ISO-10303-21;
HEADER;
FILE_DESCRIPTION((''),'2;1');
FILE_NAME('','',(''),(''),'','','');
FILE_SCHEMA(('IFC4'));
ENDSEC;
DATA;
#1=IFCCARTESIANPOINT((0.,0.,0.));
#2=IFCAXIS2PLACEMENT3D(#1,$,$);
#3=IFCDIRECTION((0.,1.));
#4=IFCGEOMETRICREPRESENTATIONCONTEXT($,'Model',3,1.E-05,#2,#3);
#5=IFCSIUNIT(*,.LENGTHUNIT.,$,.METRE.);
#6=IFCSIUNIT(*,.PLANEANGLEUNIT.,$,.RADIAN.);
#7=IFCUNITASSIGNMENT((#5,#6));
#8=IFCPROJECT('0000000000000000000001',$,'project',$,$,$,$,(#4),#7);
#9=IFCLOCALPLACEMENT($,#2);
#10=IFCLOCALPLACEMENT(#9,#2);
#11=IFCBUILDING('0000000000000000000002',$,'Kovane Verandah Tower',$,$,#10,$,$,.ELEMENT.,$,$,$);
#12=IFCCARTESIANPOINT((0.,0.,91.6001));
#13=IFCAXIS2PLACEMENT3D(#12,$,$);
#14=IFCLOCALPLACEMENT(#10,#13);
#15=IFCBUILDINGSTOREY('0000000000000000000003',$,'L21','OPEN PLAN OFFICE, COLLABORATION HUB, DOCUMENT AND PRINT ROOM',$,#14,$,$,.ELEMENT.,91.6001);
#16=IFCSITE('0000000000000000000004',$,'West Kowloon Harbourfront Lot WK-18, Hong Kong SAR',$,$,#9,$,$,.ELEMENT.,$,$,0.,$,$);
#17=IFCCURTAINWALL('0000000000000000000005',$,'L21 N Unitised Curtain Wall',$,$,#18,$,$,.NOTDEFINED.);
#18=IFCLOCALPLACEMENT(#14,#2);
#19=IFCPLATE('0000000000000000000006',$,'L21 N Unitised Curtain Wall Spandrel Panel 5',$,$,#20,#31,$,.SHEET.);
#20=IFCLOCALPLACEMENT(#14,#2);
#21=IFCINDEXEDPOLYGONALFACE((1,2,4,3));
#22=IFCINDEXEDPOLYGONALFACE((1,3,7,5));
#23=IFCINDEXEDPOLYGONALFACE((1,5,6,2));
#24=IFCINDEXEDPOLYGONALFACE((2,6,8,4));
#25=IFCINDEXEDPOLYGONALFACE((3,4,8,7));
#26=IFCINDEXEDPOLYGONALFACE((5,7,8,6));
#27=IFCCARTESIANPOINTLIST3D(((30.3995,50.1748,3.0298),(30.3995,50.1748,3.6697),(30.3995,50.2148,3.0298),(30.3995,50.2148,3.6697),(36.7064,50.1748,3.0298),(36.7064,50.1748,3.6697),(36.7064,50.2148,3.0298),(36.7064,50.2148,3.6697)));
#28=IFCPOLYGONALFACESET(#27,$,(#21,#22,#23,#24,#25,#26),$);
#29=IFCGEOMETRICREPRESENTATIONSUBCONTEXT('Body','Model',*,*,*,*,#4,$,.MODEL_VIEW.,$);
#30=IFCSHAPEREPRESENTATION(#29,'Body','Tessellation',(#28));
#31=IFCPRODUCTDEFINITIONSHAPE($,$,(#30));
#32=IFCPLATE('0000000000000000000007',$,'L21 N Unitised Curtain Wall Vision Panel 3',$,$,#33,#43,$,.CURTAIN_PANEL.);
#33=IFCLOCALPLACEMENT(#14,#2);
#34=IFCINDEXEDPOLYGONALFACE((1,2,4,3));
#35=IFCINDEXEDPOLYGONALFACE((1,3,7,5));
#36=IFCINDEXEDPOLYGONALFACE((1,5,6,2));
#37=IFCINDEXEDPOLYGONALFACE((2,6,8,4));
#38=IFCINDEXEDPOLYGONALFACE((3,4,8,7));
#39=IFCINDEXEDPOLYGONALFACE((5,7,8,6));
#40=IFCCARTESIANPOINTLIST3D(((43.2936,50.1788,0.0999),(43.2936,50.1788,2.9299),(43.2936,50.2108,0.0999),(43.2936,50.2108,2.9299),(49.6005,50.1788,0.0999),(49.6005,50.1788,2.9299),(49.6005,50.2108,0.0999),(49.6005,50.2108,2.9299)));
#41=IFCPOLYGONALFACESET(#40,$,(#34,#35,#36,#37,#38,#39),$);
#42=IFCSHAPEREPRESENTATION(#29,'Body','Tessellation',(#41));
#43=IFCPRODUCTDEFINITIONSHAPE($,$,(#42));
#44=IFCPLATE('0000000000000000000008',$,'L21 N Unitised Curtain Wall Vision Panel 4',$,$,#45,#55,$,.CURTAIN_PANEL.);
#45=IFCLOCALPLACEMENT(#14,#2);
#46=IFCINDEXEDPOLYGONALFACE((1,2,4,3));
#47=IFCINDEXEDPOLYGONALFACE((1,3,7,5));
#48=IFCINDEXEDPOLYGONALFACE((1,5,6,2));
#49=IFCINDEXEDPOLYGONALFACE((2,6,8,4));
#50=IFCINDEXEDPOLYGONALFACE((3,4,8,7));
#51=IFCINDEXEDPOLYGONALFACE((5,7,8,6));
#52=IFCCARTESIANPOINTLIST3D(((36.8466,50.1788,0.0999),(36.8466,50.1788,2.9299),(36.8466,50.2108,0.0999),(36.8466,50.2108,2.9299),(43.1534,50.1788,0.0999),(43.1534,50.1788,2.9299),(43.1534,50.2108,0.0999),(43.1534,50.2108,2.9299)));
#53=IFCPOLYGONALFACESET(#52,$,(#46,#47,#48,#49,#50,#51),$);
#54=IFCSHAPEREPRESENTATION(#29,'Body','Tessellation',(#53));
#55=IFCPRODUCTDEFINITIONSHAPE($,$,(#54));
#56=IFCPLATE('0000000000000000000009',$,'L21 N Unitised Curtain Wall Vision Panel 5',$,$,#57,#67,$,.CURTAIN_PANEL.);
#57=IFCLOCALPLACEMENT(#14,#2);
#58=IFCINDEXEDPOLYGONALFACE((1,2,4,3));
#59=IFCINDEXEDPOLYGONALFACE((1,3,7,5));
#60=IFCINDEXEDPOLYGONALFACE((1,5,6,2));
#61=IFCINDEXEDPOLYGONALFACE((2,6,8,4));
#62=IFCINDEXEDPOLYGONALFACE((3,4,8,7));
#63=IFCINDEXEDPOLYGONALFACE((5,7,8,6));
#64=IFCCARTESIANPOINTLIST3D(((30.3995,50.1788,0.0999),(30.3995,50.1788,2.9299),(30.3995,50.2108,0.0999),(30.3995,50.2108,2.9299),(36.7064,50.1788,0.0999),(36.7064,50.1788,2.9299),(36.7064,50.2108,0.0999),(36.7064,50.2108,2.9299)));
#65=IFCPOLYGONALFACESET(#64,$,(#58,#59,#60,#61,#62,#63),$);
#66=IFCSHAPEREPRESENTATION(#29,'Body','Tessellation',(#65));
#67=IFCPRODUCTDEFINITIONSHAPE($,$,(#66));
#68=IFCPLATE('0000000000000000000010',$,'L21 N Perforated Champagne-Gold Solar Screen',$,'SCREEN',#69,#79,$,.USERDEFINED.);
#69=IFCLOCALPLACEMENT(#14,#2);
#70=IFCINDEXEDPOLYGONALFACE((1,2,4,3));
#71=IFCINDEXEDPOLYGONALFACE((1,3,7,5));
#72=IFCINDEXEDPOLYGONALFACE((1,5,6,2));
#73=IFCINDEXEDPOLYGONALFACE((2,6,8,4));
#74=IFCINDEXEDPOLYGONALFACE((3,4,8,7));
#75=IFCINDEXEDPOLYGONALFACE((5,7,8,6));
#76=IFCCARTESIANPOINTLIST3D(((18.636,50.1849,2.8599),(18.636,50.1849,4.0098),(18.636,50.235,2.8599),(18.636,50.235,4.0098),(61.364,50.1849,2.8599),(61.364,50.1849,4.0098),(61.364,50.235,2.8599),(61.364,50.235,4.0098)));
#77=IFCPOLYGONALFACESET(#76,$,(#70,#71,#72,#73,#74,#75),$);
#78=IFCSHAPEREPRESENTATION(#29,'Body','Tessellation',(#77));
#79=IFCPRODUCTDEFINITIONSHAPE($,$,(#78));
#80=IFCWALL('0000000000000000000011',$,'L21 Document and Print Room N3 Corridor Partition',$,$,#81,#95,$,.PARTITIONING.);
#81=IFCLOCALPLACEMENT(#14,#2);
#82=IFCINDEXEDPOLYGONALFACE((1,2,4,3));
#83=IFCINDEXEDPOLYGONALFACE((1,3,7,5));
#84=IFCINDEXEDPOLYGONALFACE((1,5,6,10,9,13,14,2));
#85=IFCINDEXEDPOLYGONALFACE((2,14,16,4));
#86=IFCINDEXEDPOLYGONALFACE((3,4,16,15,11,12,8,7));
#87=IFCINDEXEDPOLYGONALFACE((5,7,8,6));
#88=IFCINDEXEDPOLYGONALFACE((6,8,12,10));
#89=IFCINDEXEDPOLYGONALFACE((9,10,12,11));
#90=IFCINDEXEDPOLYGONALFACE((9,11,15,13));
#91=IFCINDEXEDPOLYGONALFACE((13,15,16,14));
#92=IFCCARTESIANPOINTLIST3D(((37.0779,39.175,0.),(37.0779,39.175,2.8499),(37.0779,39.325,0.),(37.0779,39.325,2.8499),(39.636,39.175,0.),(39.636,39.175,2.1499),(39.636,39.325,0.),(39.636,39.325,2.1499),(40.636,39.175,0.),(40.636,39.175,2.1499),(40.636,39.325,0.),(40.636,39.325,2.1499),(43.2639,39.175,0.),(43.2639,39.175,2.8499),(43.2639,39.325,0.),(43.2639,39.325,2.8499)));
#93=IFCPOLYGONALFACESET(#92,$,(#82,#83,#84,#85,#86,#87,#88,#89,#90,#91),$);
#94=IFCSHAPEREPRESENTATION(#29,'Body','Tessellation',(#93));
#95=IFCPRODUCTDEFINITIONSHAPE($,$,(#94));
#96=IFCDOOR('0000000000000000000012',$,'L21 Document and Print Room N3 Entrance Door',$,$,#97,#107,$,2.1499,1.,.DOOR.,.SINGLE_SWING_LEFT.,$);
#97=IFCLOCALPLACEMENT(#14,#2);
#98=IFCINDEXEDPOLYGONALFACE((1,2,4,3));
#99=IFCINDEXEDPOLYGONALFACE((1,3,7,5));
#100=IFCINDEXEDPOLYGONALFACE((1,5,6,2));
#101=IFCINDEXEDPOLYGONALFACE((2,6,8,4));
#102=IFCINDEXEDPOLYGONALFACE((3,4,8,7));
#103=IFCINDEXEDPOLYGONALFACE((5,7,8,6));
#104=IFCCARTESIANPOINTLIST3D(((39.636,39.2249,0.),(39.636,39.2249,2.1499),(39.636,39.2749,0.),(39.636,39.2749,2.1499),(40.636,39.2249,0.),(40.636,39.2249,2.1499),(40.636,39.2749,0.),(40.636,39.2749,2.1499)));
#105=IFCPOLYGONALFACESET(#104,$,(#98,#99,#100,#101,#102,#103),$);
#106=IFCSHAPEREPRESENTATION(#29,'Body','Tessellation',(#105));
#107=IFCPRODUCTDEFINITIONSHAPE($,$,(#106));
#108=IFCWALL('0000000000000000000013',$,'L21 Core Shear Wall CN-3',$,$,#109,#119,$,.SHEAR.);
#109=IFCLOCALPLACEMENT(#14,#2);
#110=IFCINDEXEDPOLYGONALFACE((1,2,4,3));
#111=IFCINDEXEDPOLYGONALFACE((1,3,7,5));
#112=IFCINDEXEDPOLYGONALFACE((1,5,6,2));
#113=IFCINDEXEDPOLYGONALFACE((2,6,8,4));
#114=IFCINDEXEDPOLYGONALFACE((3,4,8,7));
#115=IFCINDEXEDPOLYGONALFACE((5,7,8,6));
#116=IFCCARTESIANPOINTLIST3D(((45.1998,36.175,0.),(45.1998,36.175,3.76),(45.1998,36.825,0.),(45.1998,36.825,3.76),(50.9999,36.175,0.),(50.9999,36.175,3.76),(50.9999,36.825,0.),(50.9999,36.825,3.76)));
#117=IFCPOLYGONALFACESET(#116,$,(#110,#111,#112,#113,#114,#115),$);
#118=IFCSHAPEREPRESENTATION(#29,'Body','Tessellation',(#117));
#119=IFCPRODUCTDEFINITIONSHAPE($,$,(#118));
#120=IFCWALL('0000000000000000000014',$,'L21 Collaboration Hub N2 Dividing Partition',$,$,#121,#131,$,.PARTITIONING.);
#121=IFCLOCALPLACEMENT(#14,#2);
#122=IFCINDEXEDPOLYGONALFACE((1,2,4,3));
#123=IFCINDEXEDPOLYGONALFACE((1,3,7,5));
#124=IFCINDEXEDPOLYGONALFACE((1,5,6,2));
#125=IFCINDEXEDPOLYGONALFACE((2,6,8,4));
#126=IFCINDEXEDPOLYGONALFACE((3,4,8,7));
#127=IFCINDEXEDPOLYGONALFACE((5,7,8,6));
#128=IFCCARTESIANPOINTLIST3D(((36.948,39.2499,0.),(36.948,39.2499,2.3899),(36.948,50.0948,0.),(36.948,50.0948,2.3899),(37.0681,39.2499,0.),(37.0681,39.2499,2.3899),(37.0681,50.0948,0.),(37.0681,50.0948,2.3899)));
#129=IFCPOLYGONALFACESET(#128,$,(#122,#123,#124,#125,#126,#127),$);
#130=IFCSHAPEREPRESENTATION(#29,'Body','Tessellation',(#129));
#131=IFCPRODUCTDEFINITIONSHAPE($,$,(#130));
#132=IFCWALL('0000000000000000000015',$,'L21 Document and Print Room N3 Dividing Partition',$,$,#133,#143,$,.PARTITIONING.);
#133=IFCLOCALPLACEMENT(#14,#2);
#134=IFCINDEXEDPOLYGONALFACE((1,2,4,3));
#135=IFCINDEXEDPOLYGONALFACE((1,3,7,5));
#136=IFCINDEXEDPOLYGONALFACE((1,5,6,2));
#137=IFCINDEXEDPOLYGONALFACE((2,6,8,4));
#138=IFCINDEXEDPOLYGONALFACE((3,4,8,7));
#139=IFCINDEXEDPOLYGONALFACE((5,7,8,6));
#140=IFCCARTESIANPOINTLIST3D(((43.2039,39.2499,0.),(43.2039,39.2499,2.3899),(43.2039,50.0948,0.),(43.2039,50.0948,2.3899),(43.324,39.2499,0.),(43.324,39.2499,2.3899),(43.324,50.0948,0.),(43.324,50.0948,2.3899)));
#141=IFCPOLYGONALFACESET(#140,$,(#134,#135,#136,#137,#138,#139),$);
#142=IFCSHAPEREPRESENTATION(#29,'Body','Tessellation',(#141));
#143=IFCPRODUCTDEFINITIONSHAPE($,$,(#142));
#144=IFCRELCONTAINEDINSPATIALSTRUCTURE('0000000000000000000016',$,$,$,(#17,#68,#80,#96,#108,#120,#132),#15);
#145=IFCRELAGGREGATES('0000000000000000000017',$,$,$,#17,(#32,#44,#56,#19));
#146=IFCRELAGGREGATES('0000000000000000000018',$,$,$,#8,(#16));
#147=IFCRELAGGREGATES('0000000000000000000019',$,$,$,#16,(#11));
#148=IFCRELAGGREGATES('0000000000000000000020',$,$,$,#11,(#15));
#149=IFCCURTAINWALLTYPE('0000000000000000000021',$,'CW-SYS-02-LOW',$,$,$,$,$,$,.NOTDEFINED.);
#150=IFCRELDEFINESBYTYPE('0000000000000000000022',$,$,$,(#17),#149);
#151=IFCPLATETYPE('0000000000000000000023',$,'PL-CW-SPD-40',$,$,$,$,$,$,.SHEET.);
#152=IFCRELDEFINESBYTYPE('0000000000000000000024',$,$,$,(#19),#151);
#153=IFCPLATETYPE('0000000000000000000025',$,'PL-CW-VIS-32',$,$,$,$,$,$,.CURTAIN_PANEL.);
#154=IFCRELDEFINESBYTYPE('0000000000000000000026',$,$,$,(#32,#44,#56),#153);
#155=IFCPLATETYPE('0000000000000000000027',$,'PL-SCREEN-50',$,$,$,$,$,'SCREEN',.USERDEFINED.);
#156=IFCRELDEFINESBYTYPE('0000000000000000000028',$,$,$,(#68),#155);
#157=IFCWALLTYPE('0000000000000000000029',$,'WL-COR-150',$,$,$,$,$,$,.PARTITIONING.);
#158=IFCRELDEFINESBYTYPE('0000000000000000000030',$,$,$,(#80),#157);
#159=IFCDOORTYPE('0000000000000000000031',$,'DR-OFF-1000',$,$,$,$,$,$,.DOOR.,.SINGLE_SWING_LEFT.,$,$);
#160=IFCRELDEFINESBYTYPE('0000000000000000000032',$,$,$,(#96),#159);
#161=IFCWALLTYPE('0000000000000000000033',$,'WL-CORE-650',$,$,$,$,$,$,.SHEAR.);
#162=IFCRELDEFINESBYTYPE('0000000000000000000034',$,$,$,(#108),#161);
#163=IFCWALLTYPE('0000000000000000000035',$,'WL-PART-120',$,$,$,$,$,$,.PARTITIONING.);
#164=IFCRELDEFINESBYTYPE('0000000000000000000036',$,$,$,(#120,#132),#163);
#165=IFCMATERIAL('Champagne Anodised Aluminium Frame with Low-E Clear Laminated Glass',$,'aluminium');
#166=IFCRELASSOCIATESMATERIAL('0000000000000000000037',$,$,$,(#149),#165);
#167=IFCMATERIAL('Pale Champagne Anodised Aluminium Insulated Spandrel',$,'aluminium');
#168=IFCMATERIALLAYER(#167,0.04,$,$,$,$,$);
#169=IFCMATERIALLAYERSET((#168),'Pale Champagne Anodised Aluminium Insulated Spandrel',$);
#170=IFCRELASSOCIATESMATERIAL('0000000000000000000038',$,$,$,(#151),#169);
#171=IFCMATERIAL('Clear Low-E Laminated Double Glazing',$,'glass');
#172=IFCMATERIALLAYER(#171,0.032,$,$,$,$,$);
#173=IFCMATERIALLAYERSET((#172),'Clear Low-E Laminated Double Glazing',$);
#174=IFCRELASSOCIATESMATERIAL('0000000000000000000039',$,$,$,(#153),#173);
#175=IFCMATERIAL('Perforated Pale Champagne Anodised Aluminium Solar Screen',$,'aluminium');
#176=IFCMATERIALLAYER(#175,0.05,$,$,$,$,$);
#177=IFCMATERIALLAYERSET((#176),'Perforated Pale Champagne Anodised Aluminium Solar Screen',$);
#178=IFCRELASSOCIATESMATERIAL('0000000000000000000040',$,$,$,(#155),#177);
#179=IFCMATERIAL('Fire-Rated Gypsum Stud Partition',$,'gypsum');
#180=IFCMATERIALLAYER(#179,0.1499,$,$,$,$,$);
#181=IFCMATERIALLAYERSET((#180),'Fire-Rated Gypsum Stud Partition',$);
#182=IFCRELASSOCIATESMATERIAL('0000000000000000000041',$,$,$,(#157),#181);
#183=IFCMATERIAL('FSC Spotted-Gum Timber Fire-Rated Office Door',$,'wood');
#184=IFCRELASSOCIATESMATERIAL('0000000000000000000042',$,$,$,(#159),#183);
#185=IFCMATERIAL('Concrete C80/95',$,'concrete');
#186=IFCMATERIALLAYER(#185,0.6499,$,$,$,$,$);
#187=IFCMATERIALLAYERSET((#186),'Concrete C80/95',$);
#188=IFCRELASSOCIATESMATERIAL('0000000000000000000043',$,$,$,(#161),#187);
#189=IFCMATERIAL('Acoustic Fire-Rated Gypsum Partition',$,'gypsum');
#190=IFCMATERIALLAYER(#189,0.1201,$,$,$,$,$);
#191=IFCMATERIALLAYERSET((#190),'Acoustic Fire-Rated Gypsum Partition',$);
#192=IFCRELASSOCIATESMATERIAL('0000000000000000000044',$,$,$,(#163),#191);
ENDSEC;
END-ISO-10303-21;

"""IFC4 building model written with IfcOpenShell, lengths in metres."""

from ifc_helpers import new_model, si_unit, direction, frame, frame_2d, origin, origin_2d, place, context, subcontext, project, spatial, rectangle, extrude, material, layer, layer_set, type_object, element, fill, aggregate, save


model = new_model("IFC4")

# Units and contexts
model_context = context("Model", 3, precision=1e-05, world=origin(), true_north=direction((0.0, 1.0)))
body_context = subcontext(model_context, "Body", "Model", "MODEL_VIEW")
ifc_project = project(units=[si_unit("LENGTHUNIT", "METRE"), si_unit("PLANEANGLEUNIT", "RADIAN")], contexts=[model_context])

# Site, building, storey
site_placement = place(None, origin())
site = spatial("IfcSite", under=ifc_project, at=site_placement, Name="West Kowloon Harbourfront Lot WK-18, Hong Kong SAR", CompositionType="ELEMENT", RefElevation=0.0)
building_placement = place(site_placement, origin())
building = spatial("IfcBuilding", under=site, at=building_placement, Name="Kovane Verandah Tower", CompositionType="ELEMENT")
storey_placement = place(building_placement, frame((0.0, 0.0, 91.6001)))
storey = spatial("IfcBuildingStorey", under=building, at=storey_placement, Name="L21", Description="OPEN PLAN OFFICE, COLLABORATION HUB, DOCUMENT AND PRINT ROOM", CompositionType="ELEMENT", Elevation=91.6001)

# Shared definitions
ifc_material_1 = material(Name="Concrete C80/95", Category="concrete")

# Curtain wall, plates
ifc_material_2 = material(Name="Champagne Anodised Aluminium Frame with Low-E Clear Laminated Glass", Category="aluminium")
curtain_wall_type = type_object("IfcCurtainWallType", Name="CW-SYS-02-LOW", PredefinedType="NOTDEFINED", material=ifc_material_2)
curtain_wall_placement = place(storey_placement, origin())
curtain_wall = element("IfcCurtainWall", 1, at=curtain_wall_placement, inside=storey, type_object=curtain_wall_type, Name="L21 N Unitised Curtain Wall", PredefinedType="NOTDEFINED")
ifc_material_3 = material(Name="Pale Champagne Anodised Aluminium Insulated Spandrel", Category="aluminium")
ifc_layer_1 = layer(ifc_material_3, 0.04)
ifc_layer_set_1 = layer_set([ifc_layer_1], Name="Pale Champagne Anodised Aluminium Insulated Spandrel")
plate_type_1 = type_object("IfcPlateType", Name="PL-CW-SPD-40", PredefinedType="SHEET", material=ifc_layer_set_1)
plate_1_placement = place(storey_placement, frame((33.553, 50.1948, 3.0298), z_axis=(0.0, 0.0, 1.0), x_axis=(-1.0, 0.0, 0.0)))
plate_1 = element("IfcPlate", 2, at=plate_1_placement, type_object=plate_type_1, Name="L21 N Unitised Curtain Wall Spandrel Panel 5", PredefinedType="SHEET", context=body_context, shape_type="SweptSolid", body=[
    extrude(rectangle(XDim=6.3069, YDim=0.04, at=origin_2d()), origin(), (0.0, 0.0, 1.0), 0.6399),
])
ifc_material_4 = material(Name="Clear Low-E Laminated Double Glazing", Category="glass")
ifc_layer_2 = layer(ifc_material_4, 0.032)
ifc_layer_set_2 = layer_set([ifc_layer_2], Name="Clear Low-E Laminated Double Glazing")
plate_type_2 = type_object("IfcPlateType", Name="PL-CW-VIS-32", PredefinedType="CURTAIN_PANEL", material=ifc_layer_set_2)
plate_2_placement = place(storey_placement, frame((46.447, 50.1948, 0.0999), z_axis=(0.0, 0.0, 1.0), x_axis=(-1.0, 0.0, 0.0)))
plate_2 = element("IfcPlate", 3, at=plate_2_placement, type_object=plate_type_2, Name="L21 N Unitised Curtain Wall Vision Panel 3", PredefinedType="CURTAIN_PANEL", context=body_context, shape_type="SweptSolid", body=[
    extrude(rectangle(XDim=6.3069, YDim=0.032, at=origin_2d()), origin(), (0.0, 0.0, 1.0), 2.8301),
])
plate_3_placement = place(storey_placement, frame((40.0, 50.1948, 0.0999), z_axis=(0.0, 0.0, 1.0), x_axis=(-1.0, 0.0, 0.0)))
plate_3 = element("IfcPlate", 4, at=plate_3_placement, type_object=plate_type_2, Name="L21 N Unitised Curtain Wall Vision Panel 4", PredefinedType="CURTAIN_PANEL", context=body_context, shape_type="SweptSolid", body=[
    extrude(rectangle(XDim=6.3069, YDim=0.032, at=origin_2d()), origin(), (0.0, 0.0, 1.0), 2.8301),
])
plate_4_placement = place(storey_placement, frame((33.553, 50.1948, 0.0999), z_axis=(0.0, 0.0, 1.0), x_axis=(-1.0, 0.0, 0.0)))
plate_4 = element("IfcPlate", 5, at=plate_4_placement, type_object=plate_type_2, Name="L21 N Unitised Curtain Wall Vision Panel 5", PredefinedType="CURTAIN_PANEL", context=body_context, shape_type="SweptSolid", body=[
    extrude(rectangle(XDim=6.3069, YDim=0.032, at=origin_2d()), origin(), (0.0, 0.0, 1.0), 2.8301),
])
aggregate(curtain_wall, [plate_2, plate_3, plate_4, plate_1])

# Plate
ifc_material_5 = material(Name="Perforated Pale Champagne Anodised Aluminium Solar Screen", Category="aluminium")
ifc_layer_3 = layer(ifc_material_5, 0.05)
ifc_layer_set_3 = layer_set([ifc_layer_3], Name="Perforated Pale Champagne Anodised Aluminium Solar Screen")
plate_type_3 = type_object("IfcPlateType", Name="PL-SCREEN-50", ElementType="SCREEN", PredefinedType="USERDEFINED", material=ifc_layer_set_3)
plate_5_placement = place(storey_placement, frame((40.0, 50.21, 2.8599), z_axis=(0.0, 0.0, 1.0), x_axis=(-1.0, 0.0, 0.0)))
element("IfcPlate", 6, at=plate_5_placement, inside=storey, type_object=plate_type_3, Name="L21 N Perforated Champagne-Gold Solar Screen", ObjectType="SCREEN", PredefinedType="USERDEFINED", context=body_context, shape_type="SweptSolid", body=[
    extrude(rectangle(XDim=42.728, YDim=0.05, at=origin_2d()), origin(), (0.0, 0.0, 1.0), 1.1499),
])

# Wall, opening, door
ifc_material_6 = material(Name="Fire-Rated Gypsum Stud Partition", Category="gypsum")
ifc_layer_4 = layer(ifc_material_6, 0.1499)
ifc_layer_set_4 = layer_set([ifc_layer_4], Name="Fire-Rated Gypsum Stud Partition")
wall_type_1 = type_object("IfcWallType", Name="WL-COR-150", PredefinedType="PARTITIONING", material=ifc_layer_set_4)
wall_1_placement = place(storey_placement, frame((37.0779, 39.25, 0.0), z_axis=(0.0, 0.0, 1.0), x_axis=(1.0, 0.0, 0.0)))
wall_1 = element("IfcWall", 7, at=wall_1_placement, inside=storey, type_object=wall_type_1, Name="L21 Document and Print Room N3 Corridor Partition", PredefinedType="PARTITIONING", context=body_context, shape_type="SweptSolid", body=[
    extrude(rectangle(XDim=6.186, YDim=0.1499, at=frame_2d((3.093, 0.0))), origin(), (0.0, 0.0, 1.0), 2.8499),
])
opening_1_placement = place(wall_1_placement, frame((2.5581, 0.0, 0.0)))
opening_1 = element("IfcOpeningElement", 8, at=opening_1_placement, cuts=wall_1, PredefinedType="OPENING", context=body_context, shape_type="SweptSolid", body=[
    extrude(rectangle(XDim=1.0, YDim=2.1499, at=frame_2d((0.5, 1.075))), frame((0.0, 0.075, 0.0), z_axis=(0.0, -1.0, 0.0), x_axis=(1.0, 0.0, 0.0)), (0.0, 0.0, 1.0), 0.1499),
])
ifc_material_7 = material(Name="FSC Spotted-Gum Timber Fire-Rated Office Door", Category="wood")
door_type = type_object("IfcDoorType", Name="DR-OFF-1000", OperationType="SINGLE_SWING_LEFT", PredefinedType="DOOR", material=ifc_material_7)
door_1_placement = place(opening_1_placement, origin())
door_1 = element("IfcDoor", 9, at=door_1_placement, inside=storey, type_object=door_type, Name="L21 Document and Print Room N3 Entrance Door", OperationType="SINGLE_SWING_LEFT", OverallHeight=2.1499, OverallWidth=1.0, PredefinedType="DOOR", context=body_context, shape_type="SweptSolid", body=[
    extrude(rectangle(XDim=1.0, YDim=2.1499, at=frame_2d((0.5, 1.075))), frame((0.0, 0.0249, 0.0), z_axis=(0.0, -1.0, 0.0), x_axis=(1.0, 0.0, 0.0)), (0.0, 0.0, 1.0), 0.05),
])
fill(opening_1, door_1)

# Walls
ifc_layer_5 = layer(ifc_material_1, 0.6499)
ifc_layer_set_5 = layer_set([ifc_layer_5], Name="Concrete C80/95")
wall_type_2 = type_object("IfcWallType", Name="WL-CORE-650", PredefinedType="SHEAR", material=ifc_layer_set_5)
wall_2_placement = place(storey_placement, frame((45.2, 36.5, 0.0), z_axis=(0.0, 0.0, 1.0), x_axis=(1.0, 0.0, 0.0)))
element("IfcWall", 10, at=wall_2_placement, inside=storey, type_object=wall_type_2, Name="L21 Core Shear Wall CN-3", PredefinedType="SHEAR", context=body_context, shape_type="SweptSolid", body=[
    extrude(rectangle(XDim=5.8, YDim=0.6499, at=frame_2d((2.8999, 0.0))), origin(), (0.0, 0.0, 1.0), 3.76),
])
ifc_material_8 = material(Name="Acoustic Fire-Rated Gypsum Partition", Category="gypsum")
ifc_layer_6 = layer(ifc_material_8, 0.1201)
ifc_layer_set_6 = layer_set([ifc_layer_6], Name="Acoustic Fire-Rated Gypsum Partition")
wall_type_3 = type_object("IfcWallType", Name="WL-PART-120", PredefinedType="PARTITIONING", material=ifc_layer_set_6)
for number, where, z_axis, x_axis, name in (
    (11, (37.0081, 39.25, 0.0), (0.0, 0.0, 1.0), (0.0, 1.0, 0.0), "L21 Collaboration Hub N2 Dividing Partition"),
    (12, (43.2639, 39.25, 0.0), (0.0, 0.0, 1.0), (0.0, 1.0, 0.0), "L21 Document and Print Room N3 Dividing Partition"),
):
    element("IfcWall", number, at=place(storey_placement, frame(where, z_axis=z_axis, x_axis=x_axis)), inside=storey, type_object=wall_type_3, Name=name, PredefinedType="PARTITIONING", context=body_context, shape_type="SweptSolid", body=[
        extrude(rectangle(XDim=10.845, YDim=0.1201, at=frame_2d((5.4224, 0.0))), origin(), (0.0, 0.0, 1.0), 2.3899),
    ])

save(model, "model.ifc")
